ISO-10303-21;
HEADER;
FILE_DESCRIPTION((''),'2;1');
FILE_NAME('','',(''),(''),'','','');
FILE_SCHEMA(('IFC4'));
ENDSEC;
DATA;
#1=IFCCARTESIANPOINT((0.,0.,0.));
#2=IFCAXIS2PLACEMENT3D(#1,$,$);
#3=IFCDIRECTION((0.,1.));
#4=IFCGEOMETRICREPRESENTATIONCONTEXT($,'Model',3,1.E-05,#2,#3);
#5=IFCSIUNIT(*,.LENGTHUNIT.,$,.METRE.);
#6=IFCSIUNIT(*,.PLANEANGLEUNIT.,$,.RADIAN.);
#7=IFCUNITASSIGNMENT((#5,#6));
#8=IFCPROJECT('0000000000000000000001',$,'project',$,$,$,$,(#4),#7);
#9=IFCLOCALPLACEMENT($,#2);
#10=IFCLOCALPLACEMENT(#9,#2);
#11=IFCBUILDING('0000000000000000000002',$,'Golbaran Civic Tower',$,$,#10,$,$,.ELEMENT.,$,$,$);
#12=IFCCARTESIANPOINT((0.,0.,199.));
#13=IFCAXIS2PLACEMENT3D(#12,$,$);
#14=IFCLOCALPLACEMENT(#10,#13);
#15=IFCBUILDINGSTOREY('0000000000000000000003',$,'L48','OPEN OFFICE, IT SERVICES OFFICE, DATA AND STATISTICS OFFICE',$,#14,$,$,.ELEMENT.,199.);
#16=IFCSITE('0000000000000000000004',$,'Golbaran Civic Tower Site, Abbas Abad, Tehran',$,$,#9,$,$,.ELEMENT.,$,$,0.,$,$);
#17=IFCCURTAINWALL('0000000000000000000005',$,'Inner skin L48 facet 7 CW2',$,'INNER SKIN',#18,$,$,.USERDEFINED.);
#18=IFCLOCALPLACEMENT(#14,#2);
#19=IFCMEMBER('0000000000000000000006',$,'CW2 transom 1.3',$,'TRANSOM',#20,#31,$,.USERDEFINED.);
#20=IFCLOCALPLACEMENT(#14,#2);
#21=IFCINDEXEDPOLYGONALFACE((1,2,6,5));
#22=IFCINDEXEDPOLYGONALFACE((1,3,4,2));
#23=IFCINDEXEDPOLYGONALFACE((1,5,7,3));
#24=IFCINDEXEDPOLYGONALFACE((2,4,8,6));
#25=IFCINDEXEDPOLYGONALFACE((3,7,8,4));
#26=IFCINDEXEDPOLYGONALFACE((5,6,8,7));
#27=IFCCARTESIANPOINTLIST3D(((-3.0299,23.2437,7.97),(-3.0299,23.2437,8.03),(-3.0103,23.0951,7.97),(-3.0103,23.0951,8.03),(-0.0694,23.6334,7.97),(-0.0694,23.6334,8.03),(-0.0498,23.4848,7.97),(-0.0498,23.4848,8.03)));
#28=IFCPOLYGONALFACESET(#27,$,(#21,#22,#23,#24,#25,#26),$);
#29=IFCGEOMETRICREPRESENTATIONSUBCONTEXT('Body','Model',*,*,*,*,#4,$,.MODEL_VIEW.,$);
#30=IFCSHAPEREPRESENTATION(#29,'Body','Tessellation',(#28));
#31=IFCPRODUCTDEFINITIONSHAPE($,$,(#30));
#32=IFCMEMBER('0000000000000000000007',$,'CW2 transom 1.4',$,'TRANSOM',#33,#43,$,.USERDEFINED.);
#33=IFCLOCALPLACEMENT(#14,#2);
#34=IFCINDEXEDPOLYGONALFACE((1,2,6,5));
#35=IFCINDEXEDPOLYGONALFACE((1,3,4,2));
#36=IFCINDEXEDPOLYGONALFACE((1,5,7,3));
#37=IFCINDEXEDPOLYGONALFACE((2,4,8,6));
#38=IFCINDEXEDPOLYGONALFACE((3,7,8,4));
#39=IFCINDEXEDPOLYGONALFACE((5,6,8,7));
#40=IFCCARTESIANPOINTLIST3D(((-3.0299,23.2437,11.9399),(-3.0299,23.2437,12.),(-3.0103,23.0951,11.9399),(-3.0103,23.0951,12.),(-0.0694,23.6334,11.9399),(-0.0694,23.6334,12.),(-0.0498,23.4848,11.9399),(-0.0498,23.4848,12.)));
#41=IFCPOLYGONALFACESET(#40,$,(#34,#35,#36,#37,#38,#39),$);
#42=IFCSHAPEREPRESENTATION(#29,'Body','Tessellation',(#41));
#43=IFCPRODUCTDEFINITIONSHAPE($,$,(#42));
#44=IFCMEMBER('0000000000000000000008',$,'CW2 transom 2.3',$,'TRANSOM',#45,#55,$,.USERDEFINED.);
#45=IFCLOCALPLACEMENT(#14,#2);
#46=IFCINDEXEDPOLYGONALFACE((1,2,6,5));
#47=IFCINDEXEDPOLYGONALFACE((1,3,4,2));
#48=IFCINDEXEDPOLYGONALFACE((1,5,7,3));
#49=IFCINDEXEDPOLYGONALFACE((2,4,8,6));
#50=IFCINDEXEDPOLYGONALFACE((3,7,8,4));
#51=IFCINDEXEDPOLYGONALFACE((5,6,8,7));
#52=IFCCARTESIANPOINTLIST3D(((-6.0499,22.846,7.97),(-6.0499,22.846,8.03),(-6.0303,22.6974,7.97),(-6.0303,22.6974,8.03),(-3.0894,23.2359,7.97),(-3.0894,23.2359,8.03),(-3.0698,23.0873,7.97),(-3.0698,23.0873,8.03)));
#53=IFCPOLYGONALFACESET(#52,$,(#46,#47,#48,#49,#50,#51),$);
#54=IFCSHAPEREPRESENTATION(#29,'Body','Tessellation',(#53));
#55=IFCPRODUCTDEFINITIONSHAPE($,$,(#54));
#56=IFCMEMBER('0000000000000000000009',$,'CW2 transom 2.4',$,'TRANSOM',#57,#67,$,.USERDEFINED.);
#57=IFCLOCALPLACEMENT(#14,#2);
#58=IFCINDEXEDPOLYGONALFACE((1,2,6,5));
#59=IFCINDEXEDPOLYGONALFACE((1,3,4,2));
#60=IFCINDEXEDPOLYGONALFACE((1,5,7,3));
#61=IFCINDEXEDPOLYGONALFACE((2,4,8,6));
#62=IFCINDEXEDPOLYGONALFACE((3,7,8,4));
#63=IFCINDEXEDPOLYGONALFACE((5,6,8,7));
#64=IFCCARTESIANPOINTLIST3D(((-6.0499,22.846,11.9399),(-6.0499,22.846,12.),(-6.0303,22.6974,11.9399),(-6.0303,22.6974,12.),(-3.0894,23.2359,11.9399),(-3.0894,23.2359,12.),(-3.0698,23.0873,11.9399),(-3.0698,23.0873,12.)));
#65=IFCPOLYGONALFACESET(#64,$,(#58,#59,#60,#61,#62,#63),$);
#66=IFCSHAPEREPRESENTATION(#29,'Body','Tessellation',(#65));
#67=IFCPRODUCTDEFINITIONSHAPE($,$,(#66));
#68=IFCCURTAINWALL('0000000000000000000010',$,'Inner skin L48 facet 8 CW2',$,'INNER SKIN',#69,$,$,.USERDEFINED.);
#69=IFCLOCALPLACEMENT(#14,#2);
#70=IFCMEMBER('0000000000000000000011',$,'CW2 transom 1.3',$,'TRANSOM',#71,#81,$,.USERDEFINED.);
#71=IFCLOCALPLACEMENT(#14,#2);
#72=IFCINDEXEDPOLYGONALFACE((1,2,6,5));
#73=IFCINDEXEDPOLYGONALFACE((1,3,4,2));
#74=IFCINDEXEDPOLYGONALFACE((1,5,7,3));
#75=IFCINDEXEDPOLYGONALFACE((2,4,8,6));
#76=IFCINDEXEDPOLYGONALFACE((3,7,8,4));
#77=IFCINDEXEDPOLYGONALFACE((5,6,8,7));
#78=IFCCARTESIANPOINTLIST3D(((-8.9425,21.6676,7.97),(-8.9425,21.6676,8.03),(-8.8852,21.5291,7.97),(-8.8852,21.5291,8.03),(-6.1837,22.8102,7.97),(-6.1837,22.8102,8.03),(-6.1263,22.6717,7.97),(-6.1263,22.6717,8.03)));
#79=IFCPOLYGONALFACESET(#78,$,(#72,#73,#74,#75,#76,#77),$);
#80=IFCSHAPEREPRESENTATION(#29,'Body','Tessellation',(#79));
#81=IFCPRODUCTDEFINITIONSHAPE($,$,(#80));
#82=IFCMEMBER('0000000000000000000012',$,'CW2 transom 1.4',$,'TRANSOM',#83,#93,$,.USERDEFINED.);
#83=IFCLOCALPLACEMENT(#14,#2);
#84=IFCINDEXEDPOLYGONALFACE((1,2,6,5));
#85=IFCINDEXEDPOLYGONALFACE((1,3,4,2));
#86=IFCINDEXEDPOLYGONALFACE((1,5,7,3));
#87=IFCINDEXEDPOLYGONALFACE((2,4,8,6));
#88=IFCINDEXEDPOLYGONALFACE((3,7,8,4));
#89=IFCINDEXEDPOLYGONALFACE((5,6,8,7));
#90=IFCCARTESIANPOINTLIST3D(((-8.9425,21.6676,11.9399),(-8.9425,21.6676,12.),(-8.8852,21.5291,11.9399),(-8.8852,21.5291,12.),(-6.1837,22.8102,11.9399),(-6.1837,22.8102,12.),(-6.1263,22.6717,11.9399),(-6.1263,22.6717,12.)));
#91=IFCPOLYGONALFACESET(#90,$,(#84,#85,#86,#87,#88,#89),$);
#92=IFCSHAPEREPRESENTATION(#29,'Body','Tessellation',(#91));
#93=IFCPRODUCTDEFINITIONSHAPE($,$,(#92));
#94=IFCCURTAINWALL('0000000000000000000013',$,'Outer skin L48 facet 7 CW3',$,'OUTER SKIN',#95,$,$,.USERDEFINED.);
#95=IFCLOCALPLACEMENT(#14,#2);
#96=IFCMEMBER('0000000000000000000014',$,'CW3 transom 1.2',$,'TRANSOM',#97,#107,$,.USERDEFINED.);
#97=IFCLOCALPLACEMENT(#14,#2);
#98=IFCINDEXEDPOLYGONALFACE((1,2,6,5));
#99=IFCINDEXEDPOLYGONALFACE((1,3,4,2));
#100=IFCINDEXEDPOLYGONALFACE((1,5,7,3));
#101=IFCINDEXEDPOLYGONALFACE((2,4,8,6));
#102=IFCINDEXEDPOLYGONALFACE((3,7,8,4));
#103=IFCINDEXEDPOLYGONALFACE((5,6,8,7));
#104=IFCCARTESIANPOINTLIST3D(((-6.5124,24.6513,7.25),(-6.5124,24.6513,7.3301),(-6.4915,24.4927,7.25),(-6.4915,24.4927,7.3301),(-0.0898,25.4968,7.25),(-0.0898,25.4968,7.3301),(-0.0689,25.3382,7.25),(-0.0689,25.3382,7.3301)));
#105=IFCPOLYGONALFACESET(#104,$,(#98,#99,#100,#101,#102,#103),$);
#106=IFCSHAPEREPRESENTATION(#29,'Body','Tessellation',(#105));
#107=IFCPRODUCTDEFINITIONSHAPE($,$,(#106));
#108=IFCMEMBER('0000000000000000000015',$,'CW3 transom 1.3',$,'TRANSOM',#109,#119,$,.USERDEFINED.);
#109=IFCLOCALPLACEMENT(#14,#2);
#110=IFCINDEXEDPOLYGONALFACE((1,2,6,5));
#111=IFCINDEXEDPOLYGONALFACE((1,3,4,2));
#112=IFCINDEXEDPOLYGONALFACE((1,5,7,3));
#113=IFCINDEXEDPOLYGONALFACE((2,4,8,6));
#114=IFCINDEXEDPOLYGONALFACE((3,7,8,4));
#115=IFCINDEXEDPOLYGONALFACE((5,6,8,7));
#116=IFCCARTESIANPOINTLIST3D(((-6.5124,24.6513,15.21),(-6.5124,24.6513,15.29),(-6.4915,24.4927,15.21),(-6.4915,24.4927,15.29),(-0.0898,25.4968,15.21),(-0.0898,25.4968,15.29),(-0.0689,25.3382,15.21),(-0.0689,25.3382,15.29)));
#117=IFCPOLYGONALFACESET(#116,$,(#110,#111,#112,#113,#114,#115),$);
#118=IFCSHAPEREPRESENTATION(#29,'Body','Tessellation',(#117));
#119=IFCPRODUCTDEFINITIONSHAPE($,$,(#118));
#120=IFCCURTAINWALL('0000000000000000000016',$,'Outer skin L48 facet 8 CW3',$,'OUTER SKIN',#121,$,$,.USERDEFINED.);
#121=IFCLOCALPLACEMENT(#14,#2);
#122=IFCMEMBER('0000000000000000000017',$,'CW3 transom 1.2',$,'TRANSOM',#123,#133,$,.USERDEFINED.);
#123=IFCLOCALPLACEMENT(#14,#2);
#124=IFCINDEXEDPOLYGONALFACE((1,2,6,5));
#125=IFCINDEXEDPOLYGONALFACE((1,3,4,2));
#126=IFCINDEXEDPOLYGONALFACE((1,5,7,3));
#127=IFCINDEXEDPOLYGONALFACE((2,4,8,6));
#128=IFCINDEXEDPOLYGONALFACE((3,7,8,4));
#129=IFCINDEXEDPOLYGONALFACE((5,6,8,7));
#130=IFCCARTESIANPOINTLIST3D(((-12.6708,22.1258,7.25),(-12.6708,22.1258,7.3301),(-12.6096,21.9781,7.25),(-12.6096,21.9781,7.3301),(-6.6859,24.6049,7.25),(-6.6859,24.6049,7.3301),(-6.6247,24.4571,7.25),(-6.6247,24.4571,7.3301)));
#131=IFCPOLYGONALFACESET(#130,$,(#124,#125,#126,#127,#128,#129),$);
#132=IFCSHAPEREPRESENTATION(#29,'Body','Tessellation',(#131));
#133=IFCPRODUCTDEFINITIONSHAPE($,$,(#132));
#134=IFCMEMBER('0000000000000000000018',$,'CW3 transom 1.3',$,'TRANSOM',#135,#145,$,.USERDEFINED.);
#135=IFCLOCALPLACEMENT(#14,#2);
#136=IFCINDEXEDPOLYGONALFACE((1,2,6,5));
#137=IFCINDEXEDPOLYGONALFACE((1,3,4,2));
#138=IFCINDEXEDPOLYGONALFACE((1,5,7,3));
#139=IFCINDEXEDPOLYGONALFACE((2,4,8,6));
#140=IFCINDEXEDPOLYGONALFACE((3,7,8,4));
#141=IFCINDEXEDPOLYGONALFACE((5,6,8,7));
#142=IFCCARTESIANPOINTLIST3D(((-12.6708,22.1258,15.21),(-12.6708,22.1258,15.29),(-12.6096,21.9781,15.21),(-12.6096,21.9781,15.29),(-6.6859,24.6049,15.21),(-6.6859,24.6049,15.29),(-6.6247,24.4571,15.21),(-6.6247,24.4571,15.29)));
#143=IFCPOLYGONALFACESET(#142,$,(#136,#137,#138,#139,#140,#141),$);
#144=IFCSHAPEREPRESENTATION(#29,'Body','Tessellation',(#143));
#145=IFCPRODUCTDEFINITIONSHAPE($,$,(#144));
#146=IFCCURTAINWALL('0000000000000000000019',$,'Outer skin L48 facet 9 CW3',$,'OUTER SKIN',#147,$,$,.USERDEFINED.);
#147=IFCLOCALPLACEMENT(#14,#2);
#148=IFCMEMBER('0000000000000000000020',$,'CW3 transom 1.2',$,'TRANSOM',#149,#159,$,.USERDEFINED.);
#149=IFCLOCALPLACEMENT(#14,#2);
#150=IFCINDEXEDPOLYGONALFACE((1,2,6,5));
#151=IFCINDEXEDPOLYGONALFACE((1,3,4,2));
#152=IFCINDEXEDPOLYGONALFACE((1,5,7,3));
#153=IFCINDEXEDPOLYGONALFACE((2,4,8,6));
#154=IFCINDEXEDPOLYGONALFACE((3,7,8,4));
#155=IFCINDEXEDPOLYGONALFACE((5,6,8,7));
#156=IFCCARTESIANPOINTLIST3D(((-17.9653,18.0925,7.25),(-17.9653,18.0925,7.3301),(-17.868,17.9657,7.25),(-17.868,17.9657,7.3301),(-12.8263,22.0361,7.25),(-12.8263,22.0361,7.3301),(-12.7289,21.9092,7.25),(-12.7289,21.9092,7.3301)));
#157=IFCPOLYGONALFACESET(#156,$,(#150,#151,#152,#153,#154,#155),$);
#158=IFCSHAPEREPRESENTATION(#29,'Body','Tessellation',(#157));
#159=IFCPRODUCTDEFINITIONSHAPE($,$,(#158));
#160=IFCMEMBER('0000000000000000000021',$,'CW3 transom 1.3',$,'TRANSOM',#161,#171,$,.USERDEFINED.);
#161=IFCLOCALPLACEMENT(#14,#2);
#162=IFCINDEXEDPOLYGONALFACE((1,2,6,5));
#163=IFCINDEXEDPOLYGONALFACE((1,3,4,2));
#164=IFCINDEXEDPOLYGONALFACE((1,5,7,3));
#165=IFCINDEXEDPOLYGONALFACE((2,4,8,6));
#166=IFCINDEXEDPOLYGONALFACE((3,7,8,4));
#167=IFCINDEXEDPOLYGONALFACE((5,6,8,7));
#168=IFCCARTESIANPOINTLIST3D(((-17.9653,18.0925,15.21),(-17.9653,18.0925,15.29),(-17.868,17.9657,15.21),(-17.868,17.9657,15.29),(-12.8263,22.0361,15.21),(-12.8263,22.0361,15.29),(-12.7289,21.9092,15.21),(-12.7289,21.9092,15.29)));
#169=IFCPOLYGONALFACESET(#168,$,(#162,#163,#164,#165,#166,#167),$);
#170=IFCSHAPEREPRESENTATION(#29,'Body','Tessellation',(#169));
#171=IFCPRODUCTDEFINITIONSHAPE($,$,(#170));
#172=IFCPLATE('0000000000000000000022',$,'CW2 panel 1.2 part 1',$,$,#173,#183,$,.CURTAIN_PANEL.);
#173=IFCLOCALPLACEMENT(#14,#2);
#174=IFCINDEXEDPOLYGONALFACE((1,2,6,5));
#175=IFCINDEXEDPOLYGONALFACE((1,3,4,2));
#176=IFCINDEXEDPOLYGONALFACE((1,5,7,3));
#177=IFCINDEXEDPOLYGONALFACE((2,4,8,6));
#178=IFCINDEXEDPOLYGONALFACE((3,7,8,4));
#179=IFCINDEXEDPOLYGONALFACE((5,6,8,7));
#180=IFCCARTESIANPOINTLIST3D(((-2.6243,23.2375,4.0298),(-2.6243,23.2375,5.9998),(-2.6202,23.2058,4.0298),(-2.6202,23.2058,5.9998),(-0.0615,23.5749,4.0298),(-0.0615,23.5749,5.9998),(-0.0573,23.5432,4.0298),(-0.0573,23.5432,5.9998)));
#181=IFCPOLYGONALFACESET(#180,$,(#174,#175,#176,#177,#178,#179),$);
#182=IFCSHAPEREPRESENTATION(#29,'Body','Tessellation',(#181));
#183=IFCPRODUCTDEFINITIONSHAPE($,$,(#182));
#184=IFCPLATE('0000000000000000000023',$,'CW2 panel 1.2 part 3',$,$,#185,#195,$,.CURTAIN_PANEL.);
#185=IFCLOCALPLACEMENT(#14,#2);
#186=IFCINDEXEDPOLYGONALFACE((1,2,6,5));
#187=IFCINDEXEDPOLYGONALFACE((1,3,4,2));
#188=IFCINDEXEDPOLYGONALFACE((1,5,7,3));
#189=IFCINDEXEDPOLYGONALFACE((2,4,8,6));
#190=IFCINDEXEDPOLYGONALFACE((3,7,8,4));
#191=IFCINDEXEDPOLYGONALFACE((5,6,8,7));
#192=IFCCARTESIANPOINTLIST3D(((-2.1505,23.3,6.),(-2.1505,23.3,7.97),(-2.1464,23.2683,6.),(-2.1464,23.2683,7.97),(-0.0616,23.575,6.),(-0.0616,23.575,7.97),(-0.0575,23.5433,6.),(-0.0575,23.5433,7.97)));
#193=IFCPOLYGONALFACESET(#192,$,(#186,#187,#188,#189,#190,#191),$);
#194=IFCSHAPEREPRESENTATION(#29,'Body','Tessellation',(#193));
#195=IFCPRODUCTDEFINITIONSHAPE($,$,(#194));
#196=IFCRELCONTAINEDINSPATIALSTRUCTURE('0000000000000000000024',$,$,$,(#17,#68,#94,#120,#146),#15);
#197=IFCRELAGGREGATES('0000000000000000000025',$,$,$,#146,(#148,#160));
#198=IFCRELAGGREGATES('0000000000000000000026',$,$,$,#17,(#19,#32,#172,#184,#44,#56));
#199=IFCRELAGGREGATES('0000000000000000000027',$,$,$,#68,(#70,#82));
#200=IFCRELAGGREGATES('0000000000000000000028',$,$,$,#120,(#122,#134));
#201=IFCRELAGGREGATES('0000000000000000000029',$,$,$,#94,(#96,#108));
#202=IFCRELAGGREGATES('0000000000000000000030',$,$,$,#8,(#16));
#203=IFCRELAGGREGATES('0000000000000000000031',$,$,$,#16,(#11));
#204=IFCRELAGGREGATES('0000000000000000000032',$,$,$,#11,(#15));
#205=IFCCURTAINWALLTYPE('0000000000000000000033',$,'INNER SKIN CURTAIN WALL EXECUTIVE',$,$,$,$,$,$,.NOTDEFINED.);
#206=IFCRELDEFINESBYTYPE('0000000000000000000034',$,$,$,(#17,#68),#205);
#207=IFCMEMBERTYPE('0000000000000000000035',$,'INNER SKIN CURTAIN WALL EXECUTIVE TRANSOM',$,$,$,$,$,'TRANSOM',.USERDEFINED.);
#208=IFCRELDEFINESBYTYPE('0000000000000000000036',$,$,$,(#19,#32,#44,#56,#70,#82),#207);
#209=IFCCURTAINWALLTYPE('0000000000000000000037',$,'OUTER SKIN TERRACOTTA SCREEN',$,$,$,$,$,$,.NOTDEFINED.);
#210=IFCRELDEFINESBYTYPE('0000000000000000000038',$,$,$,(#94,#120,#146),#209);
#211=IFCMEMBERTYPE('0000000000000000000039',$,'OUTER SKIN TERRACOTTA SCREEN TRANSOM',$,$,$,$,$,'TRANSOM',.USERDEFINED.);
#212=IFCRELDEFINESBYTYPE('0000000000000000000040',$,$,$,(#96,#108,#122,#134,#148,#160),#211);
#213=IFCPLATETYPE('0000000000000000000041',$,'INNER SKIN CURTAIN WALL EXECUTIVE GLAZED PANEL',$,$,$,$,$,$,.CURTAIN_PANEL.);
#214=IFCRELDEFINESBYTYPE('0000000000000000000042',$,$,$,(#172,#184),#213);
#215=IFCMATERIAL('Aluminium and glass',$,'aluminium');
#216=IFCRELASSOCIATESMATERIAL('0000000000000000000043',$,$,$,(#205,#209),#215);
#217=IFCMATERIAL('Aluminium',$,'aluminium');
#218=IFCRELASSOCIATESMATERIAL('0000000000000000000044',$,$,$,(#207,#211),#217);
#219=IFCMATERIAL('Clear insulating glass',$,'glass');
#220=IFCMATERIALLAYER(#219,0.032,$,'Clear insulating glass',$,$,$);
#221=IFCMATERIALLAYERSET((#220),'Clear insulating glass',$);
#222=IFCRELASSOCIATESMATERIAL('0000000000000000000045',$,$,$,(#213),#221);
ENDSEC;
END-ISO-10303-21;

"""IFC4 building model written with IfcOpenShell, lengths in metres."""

from ifc_helpers import new_model, si_unit, direction, frame, origin, origin_2d, place, context, subcontext, project, spatial, rectangle, extrude, material, layer, layer_set, material_profile, profile_set, type_object, element, aggregate, save


model = new_model("IFC4")

# Units and contexts
model_context = context("Model", 3, precision=1e-05, world=origin(), true_north=direction((0.0, 1.0)))
body_context = subcontext(model_context, "Body", "Model", "MODEL_VIEW")
ifc_project = project(units=[si_unit("LENGTHUNIT", "METRE"), si_unit("PLANEANGLEUNIT", "RADIAN")], contexts=[model_context])

# Site, building, storey
site_placement = place(None, origin())
site = spatial("IfcSite", under=ifc_project, at=site_placement, Name="Golbaran Civic Tower Site, Abbas Abad, Tehran", CompositionType="ELEMENT", RefElevation=0.0)
building_placement = place(site_placement, origin())
building = spatial("IfcBuilding", under=site, at=building_placement, Name="Golbaran Civic Tower", CompositionType="ELEMENT")
storey_placement = place(building_placement, frame((0.0, 0.0, 199.0)))
storey = spatial("IfcBuildingStorey", under=building, at=storey_placement, Name="L48", Description="OPEN OFFICE, IT SERVICES OFFICE, DATA AND STATISTICS OFFICE", CompositionType="ELEMENT", Elevation=199.0)

# Curtain walls, members
ifc_material_1 = material(Name="Aluminium and glass", Category="aluminium")
curtain_wall_type_1 = type_object("IfcCurtainWallType", Name="INNER SKIN CURTAIN WALL EXECUTIVE", PredefinedType="NOTDEFINED", material=ifc_material_1)
curtain_wall_1_placement = place(storey_placement, origin())
curtain_wall_1 = element("IfcCurtainWall", 1, at=curtain_wall_1_placement, inside=storey, type_object=curtain_wall_type_1, Name="Inner skin L48 facet 7 CW2", ObjectType="INNER SKIN", PredefinedType="USERDEFINED")
ifc_material_2 = material(Name="Aluminium", Category="aluminium")
ifc_material_profile_1 = material_profile(ifc_material_2, rectangle(XDim=0.1499, YDim=0.0601, at=origin_2d()), Name="INNER SKIN CURTAIN WALL EXECUTIVE TRANSOM")
ifc_profile_set_1 = profile_set([ifc_material_profile_1], Name="Aluminium")
member_type_1 = type_object("IfcMemberType", Name="INNER SKIN CURTAIN WALL EXECUTIVE TRANSOM", ElementType="TRANSOM", PredefinedType="USERDEFINED", material=ifc_profile_set_1)
member_1_placement = place(storey_placement, frame((-0.0596, 23.5591, 8.0), z_axis=(-0.991449, -0.130493, 0.0), x_axis=(0.130493, -0.991449, 0.0)))
member_1 = element("IfcMember", 2, at=member_1_placement, type_object=member_type_1, Name="CW2 transom 1.3", ObjectType="TRANSOM", PredefinedType="USERDEFINED", context=body_context, shape_type="SweptSolid", body=[
    extrude(rectangle(XDim=0.1499, YDim=0.0601, at=origin_2d()), origin(), (0.0, 0.0, 1.0), 2.9861),
])
member_2_placement = place(storey_placement, frame((-0.0596, 23.5591, 11.97), z_axis=(-0.991449, -0.130493, 0.0), x_axis=(0.130493, -0.991449, 0.0)))
member_2 = element("IfcMember", 3, at=member_2_placement, type_object=member_type_1, Name="CW2 transom 1.4", ObjectType="TRANSOM", PredefinedType="USERDEFINED", context=body_context, shape_type="SweptSolid", body=[
    extrude(rectangle(XDim=0.1499, YDim=0.0601, at=origin_2d()), origin(), (0.0, 0.0, 1.0), 2.9861),
])
member_3_placement = place(storey_placement, frame((-3.0796, 23.1616, 8.0), z_axis=(-0.991439, -0.130573, 0.0), x_axis=(0.130573, -0.991439, 0.0)))
member_3 = element("IfcMember", 4, at=member_3_placement, type_object=member_type_1, Name="CW2 transom 2.3", ObjectType="TRANSOM", PredefinedType="USERDEFINED", context=body_context, shape_type="SweptSolid", body=[
    extrude(rectangle(XDim=0.1499, YDim=0.0601, at=origin_2d()), origin(), (0.0, 0.0, 1.0), 2.9861),
])
member_4_placement = place(storey_placement, frame((-3.0796, 23.1616, 11.97), z_axis=(-0.991439, -0.130573, 0.0), x_axis=(0.130573, -0.991439, 0.0)))
member_4 = element("IfcMember", 5, at=member_4_placement, type_object=member_type_1, Name="CW2 transom 2.4", ObjectType="TRANSOM", PredefinedType="USERDEFINED", context=body_context, shape_type="SweptSolid", body=[
    extrude(rectangle(XDim=0.1499, YDim=0.0601, at=origin_2d()), origin(), (0.0, 0.0, 1.0), 2.9861),
])
curtain_wall_2_placement = place(storey_placement, origin())
curtain_wall_2 = element("IfcCurtainWall", 6, at=curtain_wall_2_placement, inside=storey, type_object=curtain_wall_type_1, Name="Inner skin L48 facet 8 CW2", ObjectType="INNER SKIN", PredefinedType="USERDEFINED")
member_5_placement = place(storey_placement, frame((-6.155, 22.741, 8.0), z_axis=(-0.923897, -0.382641, 0.0), x_axis=(0.382641, -0.923897, 0.0)))
member_5 = element("IfcMember", 7, at=member_5_placement, type_object=member_type_1, Name="CW2 transom 1.3", ObjectType="TRANSOM", PredefinedType="USERDEFINED", context=body_context, shape_type="SweptSolid", body=[
    extrude(rectangle(XDim=0.1499, YDim=0.0601, at=origin_2d()), origin(), (0.0, 0.0, 1.0), 2.9861),
])
member_6_placement = place(storey_placement, frame((-6.155, 22.741, 11.97), z_axis=(-0.923897, -0.382641, 0.0), x_axis=(0.382641, -0.923897, 0.0)))
member_6 = element("IfcMember", 8, at=member_6_placement, type_object=member_type_1, Name="CW2 transom 1.4", ObjectType="TRANSOM", PredefinedType="USERDEFINED", context=body_context, shape_type="SweptSolid", body=[
    extrude(rectangle(XDim=0.1499, YDim=0.0601, at=origin_2d()), origin(), (0.0, 0.0, 1.0), 2.9861),
])
curtain_wall_type_2 = type_object("IfcCurtainWallType", Name="OUTER SKIN TERRACOTTA SCREEN", PredefinedType="NOTDEFINED", material=ifc_material_1)
curtain_wall_3_placement = place(storey_placement, origin())
curtain_wall_3 = element("IfcCurtainWall", 9, at=curtain_wall_3_placement, inside=storey, type_object=curtain_wall_type_2, Name="Outer skin L48 facet 7 CW3", ObjectType="OUTER SKIN", PredefinedType="USERDEFINED")
ifc_material_profile_2 = material_profile(ifc_material_2, rectangle(XDim=0.1599, YDim=0.0801, at=origin_2d()), Name="OUTER SKIN TERRACOTTA SCREEN TRANSOM")
ifc_profile_set_2 = profile_set([ifc_material_profile_2], Name="Aluminium")
member_type_2 = type_object("IfcMemberType", Name="OUTER SKIN TERRACOTTA SCREEN TRANSOM", ElementType="TRANSOM", PredefinedType="USERDEFINED", material=ifc_profile_set_2)
member_7_placement = place(storey_placement, frame((-0.0793, 25.4175, 7.29), z_axis=(-0.991447, -0.130512, 0.0), x_axis=(0.130512, -0.991447, 0.0)))
member_7 = element("IfcMember", 10, at=member_7_placement, type_object=member_type_2, Name="CW3 transom 1.2", ObjectType="TRANSOM", PredefinedType="USERDEFINED", context=body_context, shape_type="SweptSolid", body=[
    extrude(rectangle(XDim=0.1599, YDim=0.0801, at=origin_2d()), origin(), (0.0, 0.0, 1.0), 6.478),
])
member_8_placement = place(storey_placement, frame((-0.0793, 25.4175, 15.25), z_axis=(-0.991447, -0.130512, 0.0), x_axis=(0.130512, -0.991447, 0.0)))
member_8 = element("IfcMember", 11, at=member_8_placement, type_object=member_type_2, Name="CW3 transom 1.3", ObjectType="TRANSOM", PredefinedType="USERDEFINED", context=body_context, shape_type="SweptSolid", body=[
    extrude(rectangle(XDim=0.1599, YDim=0.0801, at=origin_2d()), origin(), (0.0, 0.0, 1.0), 6.478),
])
curtain_wall_4_placement = place(storey_placement, origin())
curtain_wall_4 = element("IfcCurtainWall", 12, at=curtain_wall_4_placement, inside=storey, type_object=curtain_wall_type_2, Name="Outer skin L48 facet 8 CW3", ObjectType="OUTER SKIN", PredefinedType="USERDEFINED")
member_9_placement = place(storey_placement, frame((-6.6553, 24.531, 7.29), z_axis=(-0.92388, -0.382682, 0.0), x_axis=(0.382682, -0.92388, 0.0)))
member_9 = element("IfcMember", 13, at=member_9_placement, type_object=member_type_2, Name="CW3 transom 1.2", ObjectType="TRANSOM", PredefinedType="USERDEFINED", context=body_context, shape_type="SweptSolid", body=[
    extrude(rectangle(XDim=0.1599, YDim=0.0801, at=origin_2d()), origin(), (0.0, 0.0, 1.0), 6.478),
])
member_10_placement = place(storey_placement, frame((-6.6553, 24.531, 15.25), z_axis=(-0.92388, -0.382682, 0.0), x_axis=(0.382682, -0.92388, 0.0)))
member_10 = element("IfcMember", 14, at=member_10_placement, type_object=member_type_2, Name="CW3 transom 1.3", ObjectType="TRANSOM", PredefinedType="USERDEFINED", context=body_context, shape_type="SweptSolid", body=[
    extrude(rectangle(XDim=0.1599, YDim=0.0801, at=origin_2d()), origin(), (0.0, 0.0, 1.0), 6.478),
])
curtain_wall_5_placement = place(storey_placement, origin())
curtain_wall_5 = element("IfcCurtainWall", 15, at=curtain_wall_5_placement, inside=storey, type_object=curtain_wall_type_2, Name="Outer skin L48 facet 9 CW3", ObjectType="OUTER SKIN", PredefinedType="USERDEFINED")
member_11_placement = place(storey_placement, frame((-12.7776, 21.9727, 7.29), z_axis=(-0.793339, -0.60878, 0.0), x_axis=(0.60878, -0.793339, 0.0)))
member_11 = element("IfcMember", 16, at=member_11_placement, type_object=member_type_2, Name="CW3 transom 1.2", ObjectType="TRANSOM", PredefinedType="USERDEFINED", context=body_context, shape_type="SweptSolid", body=[
    extrude(rectangle(XDim=0.1599, YDim=0.0801, at=origin_2d()), origin(), (0.0, 0.0, 1.0), 6.4778),
])
member_12_placement = place(storey_placement, frame((-12.7776, 21.9727, 15.25), z_axis=(-0.793339, -0.60878, 0.0), x_axis=(0.60878, -0.793339, 0.0)))
member_12 = element("IfcMember", 17, at=member_12_placement, type_object=member_type_2, Name="CW3 transom 1.3", ObjectType="TRANSOM", PredefinedType="USERDEFINED", context=body_context, shape_type="SweptSolid", body=[
    extrude(rectangle(XDim=0.1599, YDim=0.0801, at=origin_2d()), origin(), (0.0, 0.0, 1.0), 6.4778),
])
aggregate(curtain_wall_5, [member_11, member_12])

# Plates
ifc_material_3 = material(Name="Clear insulating glass", Category="glass")
ifc_layer_1 = layer(ifc_material_3, 0.032, Name="Clear insulating glass")
ifc_layer_set_1 = layer_set([ifc_layer_1], Name="Clear insulating glass")
plate_type_1 = type_object("IfcPlateType", Name="INNER SKIN CURTAIN WALL EXECUTIVE GLAZED PANEL", PredefinedType="CURTAIN_PANEL", material=ifc_layer_set_1)
plate_1_placement = place(storey_placement, frame((-1.3408, 23.3904, 4.0298), z_axis=(0.0, 0.0, 1.0), x_axis=(-0.991445, -0.130526, 0.0)))
plate_1 = element("IfcPlate", 18, at=plate_1_placement, type_object=plate_type_1, Name="CW2 panel 1.2 part 1", PredefinedType="CURTAIN_PANEL", context=body_context, shape_type="SweptSolid", body=[
    extrude(rectangle(XDim=2.585, YDim=0.032, at=origin_2d()), origin(), (0.0, 0.0, 1.0), 1.97),
])
plate_2_placement = place(storey_placement, frame((-1.104, 23.4216, 6.0), z_axis=(0.0, 0.0, 1.0), x_axis=(-0.991445, -0.130526, 0.0)))
plate_2 = element("IfcPlate", 19, at=plate_2_placement, type_object=plate_type_1, Name="CW2 panel 1.2 part 3", PredefinedType="CURTAIN_PANEL", context=body_context, shape_type="SweptSolid", body=[
    extrude(rectangle(XDim=2.1069, YDim=0.032, at=origin_2d()), origin(), (0.0, 0.0, 1.0), 1.97),
])
aggregate(curtain_wall_1, [member_1, member_2, plate_1, plate_2, member_3, member_4])
aggregate(curtain_wall_2, [member_5, member_6])
aggregate(curtain_wall_4, [member_9, member_10])
aggregate(curtain_wall_3, [member_7, member_8])

save(model, "model.ifc")
